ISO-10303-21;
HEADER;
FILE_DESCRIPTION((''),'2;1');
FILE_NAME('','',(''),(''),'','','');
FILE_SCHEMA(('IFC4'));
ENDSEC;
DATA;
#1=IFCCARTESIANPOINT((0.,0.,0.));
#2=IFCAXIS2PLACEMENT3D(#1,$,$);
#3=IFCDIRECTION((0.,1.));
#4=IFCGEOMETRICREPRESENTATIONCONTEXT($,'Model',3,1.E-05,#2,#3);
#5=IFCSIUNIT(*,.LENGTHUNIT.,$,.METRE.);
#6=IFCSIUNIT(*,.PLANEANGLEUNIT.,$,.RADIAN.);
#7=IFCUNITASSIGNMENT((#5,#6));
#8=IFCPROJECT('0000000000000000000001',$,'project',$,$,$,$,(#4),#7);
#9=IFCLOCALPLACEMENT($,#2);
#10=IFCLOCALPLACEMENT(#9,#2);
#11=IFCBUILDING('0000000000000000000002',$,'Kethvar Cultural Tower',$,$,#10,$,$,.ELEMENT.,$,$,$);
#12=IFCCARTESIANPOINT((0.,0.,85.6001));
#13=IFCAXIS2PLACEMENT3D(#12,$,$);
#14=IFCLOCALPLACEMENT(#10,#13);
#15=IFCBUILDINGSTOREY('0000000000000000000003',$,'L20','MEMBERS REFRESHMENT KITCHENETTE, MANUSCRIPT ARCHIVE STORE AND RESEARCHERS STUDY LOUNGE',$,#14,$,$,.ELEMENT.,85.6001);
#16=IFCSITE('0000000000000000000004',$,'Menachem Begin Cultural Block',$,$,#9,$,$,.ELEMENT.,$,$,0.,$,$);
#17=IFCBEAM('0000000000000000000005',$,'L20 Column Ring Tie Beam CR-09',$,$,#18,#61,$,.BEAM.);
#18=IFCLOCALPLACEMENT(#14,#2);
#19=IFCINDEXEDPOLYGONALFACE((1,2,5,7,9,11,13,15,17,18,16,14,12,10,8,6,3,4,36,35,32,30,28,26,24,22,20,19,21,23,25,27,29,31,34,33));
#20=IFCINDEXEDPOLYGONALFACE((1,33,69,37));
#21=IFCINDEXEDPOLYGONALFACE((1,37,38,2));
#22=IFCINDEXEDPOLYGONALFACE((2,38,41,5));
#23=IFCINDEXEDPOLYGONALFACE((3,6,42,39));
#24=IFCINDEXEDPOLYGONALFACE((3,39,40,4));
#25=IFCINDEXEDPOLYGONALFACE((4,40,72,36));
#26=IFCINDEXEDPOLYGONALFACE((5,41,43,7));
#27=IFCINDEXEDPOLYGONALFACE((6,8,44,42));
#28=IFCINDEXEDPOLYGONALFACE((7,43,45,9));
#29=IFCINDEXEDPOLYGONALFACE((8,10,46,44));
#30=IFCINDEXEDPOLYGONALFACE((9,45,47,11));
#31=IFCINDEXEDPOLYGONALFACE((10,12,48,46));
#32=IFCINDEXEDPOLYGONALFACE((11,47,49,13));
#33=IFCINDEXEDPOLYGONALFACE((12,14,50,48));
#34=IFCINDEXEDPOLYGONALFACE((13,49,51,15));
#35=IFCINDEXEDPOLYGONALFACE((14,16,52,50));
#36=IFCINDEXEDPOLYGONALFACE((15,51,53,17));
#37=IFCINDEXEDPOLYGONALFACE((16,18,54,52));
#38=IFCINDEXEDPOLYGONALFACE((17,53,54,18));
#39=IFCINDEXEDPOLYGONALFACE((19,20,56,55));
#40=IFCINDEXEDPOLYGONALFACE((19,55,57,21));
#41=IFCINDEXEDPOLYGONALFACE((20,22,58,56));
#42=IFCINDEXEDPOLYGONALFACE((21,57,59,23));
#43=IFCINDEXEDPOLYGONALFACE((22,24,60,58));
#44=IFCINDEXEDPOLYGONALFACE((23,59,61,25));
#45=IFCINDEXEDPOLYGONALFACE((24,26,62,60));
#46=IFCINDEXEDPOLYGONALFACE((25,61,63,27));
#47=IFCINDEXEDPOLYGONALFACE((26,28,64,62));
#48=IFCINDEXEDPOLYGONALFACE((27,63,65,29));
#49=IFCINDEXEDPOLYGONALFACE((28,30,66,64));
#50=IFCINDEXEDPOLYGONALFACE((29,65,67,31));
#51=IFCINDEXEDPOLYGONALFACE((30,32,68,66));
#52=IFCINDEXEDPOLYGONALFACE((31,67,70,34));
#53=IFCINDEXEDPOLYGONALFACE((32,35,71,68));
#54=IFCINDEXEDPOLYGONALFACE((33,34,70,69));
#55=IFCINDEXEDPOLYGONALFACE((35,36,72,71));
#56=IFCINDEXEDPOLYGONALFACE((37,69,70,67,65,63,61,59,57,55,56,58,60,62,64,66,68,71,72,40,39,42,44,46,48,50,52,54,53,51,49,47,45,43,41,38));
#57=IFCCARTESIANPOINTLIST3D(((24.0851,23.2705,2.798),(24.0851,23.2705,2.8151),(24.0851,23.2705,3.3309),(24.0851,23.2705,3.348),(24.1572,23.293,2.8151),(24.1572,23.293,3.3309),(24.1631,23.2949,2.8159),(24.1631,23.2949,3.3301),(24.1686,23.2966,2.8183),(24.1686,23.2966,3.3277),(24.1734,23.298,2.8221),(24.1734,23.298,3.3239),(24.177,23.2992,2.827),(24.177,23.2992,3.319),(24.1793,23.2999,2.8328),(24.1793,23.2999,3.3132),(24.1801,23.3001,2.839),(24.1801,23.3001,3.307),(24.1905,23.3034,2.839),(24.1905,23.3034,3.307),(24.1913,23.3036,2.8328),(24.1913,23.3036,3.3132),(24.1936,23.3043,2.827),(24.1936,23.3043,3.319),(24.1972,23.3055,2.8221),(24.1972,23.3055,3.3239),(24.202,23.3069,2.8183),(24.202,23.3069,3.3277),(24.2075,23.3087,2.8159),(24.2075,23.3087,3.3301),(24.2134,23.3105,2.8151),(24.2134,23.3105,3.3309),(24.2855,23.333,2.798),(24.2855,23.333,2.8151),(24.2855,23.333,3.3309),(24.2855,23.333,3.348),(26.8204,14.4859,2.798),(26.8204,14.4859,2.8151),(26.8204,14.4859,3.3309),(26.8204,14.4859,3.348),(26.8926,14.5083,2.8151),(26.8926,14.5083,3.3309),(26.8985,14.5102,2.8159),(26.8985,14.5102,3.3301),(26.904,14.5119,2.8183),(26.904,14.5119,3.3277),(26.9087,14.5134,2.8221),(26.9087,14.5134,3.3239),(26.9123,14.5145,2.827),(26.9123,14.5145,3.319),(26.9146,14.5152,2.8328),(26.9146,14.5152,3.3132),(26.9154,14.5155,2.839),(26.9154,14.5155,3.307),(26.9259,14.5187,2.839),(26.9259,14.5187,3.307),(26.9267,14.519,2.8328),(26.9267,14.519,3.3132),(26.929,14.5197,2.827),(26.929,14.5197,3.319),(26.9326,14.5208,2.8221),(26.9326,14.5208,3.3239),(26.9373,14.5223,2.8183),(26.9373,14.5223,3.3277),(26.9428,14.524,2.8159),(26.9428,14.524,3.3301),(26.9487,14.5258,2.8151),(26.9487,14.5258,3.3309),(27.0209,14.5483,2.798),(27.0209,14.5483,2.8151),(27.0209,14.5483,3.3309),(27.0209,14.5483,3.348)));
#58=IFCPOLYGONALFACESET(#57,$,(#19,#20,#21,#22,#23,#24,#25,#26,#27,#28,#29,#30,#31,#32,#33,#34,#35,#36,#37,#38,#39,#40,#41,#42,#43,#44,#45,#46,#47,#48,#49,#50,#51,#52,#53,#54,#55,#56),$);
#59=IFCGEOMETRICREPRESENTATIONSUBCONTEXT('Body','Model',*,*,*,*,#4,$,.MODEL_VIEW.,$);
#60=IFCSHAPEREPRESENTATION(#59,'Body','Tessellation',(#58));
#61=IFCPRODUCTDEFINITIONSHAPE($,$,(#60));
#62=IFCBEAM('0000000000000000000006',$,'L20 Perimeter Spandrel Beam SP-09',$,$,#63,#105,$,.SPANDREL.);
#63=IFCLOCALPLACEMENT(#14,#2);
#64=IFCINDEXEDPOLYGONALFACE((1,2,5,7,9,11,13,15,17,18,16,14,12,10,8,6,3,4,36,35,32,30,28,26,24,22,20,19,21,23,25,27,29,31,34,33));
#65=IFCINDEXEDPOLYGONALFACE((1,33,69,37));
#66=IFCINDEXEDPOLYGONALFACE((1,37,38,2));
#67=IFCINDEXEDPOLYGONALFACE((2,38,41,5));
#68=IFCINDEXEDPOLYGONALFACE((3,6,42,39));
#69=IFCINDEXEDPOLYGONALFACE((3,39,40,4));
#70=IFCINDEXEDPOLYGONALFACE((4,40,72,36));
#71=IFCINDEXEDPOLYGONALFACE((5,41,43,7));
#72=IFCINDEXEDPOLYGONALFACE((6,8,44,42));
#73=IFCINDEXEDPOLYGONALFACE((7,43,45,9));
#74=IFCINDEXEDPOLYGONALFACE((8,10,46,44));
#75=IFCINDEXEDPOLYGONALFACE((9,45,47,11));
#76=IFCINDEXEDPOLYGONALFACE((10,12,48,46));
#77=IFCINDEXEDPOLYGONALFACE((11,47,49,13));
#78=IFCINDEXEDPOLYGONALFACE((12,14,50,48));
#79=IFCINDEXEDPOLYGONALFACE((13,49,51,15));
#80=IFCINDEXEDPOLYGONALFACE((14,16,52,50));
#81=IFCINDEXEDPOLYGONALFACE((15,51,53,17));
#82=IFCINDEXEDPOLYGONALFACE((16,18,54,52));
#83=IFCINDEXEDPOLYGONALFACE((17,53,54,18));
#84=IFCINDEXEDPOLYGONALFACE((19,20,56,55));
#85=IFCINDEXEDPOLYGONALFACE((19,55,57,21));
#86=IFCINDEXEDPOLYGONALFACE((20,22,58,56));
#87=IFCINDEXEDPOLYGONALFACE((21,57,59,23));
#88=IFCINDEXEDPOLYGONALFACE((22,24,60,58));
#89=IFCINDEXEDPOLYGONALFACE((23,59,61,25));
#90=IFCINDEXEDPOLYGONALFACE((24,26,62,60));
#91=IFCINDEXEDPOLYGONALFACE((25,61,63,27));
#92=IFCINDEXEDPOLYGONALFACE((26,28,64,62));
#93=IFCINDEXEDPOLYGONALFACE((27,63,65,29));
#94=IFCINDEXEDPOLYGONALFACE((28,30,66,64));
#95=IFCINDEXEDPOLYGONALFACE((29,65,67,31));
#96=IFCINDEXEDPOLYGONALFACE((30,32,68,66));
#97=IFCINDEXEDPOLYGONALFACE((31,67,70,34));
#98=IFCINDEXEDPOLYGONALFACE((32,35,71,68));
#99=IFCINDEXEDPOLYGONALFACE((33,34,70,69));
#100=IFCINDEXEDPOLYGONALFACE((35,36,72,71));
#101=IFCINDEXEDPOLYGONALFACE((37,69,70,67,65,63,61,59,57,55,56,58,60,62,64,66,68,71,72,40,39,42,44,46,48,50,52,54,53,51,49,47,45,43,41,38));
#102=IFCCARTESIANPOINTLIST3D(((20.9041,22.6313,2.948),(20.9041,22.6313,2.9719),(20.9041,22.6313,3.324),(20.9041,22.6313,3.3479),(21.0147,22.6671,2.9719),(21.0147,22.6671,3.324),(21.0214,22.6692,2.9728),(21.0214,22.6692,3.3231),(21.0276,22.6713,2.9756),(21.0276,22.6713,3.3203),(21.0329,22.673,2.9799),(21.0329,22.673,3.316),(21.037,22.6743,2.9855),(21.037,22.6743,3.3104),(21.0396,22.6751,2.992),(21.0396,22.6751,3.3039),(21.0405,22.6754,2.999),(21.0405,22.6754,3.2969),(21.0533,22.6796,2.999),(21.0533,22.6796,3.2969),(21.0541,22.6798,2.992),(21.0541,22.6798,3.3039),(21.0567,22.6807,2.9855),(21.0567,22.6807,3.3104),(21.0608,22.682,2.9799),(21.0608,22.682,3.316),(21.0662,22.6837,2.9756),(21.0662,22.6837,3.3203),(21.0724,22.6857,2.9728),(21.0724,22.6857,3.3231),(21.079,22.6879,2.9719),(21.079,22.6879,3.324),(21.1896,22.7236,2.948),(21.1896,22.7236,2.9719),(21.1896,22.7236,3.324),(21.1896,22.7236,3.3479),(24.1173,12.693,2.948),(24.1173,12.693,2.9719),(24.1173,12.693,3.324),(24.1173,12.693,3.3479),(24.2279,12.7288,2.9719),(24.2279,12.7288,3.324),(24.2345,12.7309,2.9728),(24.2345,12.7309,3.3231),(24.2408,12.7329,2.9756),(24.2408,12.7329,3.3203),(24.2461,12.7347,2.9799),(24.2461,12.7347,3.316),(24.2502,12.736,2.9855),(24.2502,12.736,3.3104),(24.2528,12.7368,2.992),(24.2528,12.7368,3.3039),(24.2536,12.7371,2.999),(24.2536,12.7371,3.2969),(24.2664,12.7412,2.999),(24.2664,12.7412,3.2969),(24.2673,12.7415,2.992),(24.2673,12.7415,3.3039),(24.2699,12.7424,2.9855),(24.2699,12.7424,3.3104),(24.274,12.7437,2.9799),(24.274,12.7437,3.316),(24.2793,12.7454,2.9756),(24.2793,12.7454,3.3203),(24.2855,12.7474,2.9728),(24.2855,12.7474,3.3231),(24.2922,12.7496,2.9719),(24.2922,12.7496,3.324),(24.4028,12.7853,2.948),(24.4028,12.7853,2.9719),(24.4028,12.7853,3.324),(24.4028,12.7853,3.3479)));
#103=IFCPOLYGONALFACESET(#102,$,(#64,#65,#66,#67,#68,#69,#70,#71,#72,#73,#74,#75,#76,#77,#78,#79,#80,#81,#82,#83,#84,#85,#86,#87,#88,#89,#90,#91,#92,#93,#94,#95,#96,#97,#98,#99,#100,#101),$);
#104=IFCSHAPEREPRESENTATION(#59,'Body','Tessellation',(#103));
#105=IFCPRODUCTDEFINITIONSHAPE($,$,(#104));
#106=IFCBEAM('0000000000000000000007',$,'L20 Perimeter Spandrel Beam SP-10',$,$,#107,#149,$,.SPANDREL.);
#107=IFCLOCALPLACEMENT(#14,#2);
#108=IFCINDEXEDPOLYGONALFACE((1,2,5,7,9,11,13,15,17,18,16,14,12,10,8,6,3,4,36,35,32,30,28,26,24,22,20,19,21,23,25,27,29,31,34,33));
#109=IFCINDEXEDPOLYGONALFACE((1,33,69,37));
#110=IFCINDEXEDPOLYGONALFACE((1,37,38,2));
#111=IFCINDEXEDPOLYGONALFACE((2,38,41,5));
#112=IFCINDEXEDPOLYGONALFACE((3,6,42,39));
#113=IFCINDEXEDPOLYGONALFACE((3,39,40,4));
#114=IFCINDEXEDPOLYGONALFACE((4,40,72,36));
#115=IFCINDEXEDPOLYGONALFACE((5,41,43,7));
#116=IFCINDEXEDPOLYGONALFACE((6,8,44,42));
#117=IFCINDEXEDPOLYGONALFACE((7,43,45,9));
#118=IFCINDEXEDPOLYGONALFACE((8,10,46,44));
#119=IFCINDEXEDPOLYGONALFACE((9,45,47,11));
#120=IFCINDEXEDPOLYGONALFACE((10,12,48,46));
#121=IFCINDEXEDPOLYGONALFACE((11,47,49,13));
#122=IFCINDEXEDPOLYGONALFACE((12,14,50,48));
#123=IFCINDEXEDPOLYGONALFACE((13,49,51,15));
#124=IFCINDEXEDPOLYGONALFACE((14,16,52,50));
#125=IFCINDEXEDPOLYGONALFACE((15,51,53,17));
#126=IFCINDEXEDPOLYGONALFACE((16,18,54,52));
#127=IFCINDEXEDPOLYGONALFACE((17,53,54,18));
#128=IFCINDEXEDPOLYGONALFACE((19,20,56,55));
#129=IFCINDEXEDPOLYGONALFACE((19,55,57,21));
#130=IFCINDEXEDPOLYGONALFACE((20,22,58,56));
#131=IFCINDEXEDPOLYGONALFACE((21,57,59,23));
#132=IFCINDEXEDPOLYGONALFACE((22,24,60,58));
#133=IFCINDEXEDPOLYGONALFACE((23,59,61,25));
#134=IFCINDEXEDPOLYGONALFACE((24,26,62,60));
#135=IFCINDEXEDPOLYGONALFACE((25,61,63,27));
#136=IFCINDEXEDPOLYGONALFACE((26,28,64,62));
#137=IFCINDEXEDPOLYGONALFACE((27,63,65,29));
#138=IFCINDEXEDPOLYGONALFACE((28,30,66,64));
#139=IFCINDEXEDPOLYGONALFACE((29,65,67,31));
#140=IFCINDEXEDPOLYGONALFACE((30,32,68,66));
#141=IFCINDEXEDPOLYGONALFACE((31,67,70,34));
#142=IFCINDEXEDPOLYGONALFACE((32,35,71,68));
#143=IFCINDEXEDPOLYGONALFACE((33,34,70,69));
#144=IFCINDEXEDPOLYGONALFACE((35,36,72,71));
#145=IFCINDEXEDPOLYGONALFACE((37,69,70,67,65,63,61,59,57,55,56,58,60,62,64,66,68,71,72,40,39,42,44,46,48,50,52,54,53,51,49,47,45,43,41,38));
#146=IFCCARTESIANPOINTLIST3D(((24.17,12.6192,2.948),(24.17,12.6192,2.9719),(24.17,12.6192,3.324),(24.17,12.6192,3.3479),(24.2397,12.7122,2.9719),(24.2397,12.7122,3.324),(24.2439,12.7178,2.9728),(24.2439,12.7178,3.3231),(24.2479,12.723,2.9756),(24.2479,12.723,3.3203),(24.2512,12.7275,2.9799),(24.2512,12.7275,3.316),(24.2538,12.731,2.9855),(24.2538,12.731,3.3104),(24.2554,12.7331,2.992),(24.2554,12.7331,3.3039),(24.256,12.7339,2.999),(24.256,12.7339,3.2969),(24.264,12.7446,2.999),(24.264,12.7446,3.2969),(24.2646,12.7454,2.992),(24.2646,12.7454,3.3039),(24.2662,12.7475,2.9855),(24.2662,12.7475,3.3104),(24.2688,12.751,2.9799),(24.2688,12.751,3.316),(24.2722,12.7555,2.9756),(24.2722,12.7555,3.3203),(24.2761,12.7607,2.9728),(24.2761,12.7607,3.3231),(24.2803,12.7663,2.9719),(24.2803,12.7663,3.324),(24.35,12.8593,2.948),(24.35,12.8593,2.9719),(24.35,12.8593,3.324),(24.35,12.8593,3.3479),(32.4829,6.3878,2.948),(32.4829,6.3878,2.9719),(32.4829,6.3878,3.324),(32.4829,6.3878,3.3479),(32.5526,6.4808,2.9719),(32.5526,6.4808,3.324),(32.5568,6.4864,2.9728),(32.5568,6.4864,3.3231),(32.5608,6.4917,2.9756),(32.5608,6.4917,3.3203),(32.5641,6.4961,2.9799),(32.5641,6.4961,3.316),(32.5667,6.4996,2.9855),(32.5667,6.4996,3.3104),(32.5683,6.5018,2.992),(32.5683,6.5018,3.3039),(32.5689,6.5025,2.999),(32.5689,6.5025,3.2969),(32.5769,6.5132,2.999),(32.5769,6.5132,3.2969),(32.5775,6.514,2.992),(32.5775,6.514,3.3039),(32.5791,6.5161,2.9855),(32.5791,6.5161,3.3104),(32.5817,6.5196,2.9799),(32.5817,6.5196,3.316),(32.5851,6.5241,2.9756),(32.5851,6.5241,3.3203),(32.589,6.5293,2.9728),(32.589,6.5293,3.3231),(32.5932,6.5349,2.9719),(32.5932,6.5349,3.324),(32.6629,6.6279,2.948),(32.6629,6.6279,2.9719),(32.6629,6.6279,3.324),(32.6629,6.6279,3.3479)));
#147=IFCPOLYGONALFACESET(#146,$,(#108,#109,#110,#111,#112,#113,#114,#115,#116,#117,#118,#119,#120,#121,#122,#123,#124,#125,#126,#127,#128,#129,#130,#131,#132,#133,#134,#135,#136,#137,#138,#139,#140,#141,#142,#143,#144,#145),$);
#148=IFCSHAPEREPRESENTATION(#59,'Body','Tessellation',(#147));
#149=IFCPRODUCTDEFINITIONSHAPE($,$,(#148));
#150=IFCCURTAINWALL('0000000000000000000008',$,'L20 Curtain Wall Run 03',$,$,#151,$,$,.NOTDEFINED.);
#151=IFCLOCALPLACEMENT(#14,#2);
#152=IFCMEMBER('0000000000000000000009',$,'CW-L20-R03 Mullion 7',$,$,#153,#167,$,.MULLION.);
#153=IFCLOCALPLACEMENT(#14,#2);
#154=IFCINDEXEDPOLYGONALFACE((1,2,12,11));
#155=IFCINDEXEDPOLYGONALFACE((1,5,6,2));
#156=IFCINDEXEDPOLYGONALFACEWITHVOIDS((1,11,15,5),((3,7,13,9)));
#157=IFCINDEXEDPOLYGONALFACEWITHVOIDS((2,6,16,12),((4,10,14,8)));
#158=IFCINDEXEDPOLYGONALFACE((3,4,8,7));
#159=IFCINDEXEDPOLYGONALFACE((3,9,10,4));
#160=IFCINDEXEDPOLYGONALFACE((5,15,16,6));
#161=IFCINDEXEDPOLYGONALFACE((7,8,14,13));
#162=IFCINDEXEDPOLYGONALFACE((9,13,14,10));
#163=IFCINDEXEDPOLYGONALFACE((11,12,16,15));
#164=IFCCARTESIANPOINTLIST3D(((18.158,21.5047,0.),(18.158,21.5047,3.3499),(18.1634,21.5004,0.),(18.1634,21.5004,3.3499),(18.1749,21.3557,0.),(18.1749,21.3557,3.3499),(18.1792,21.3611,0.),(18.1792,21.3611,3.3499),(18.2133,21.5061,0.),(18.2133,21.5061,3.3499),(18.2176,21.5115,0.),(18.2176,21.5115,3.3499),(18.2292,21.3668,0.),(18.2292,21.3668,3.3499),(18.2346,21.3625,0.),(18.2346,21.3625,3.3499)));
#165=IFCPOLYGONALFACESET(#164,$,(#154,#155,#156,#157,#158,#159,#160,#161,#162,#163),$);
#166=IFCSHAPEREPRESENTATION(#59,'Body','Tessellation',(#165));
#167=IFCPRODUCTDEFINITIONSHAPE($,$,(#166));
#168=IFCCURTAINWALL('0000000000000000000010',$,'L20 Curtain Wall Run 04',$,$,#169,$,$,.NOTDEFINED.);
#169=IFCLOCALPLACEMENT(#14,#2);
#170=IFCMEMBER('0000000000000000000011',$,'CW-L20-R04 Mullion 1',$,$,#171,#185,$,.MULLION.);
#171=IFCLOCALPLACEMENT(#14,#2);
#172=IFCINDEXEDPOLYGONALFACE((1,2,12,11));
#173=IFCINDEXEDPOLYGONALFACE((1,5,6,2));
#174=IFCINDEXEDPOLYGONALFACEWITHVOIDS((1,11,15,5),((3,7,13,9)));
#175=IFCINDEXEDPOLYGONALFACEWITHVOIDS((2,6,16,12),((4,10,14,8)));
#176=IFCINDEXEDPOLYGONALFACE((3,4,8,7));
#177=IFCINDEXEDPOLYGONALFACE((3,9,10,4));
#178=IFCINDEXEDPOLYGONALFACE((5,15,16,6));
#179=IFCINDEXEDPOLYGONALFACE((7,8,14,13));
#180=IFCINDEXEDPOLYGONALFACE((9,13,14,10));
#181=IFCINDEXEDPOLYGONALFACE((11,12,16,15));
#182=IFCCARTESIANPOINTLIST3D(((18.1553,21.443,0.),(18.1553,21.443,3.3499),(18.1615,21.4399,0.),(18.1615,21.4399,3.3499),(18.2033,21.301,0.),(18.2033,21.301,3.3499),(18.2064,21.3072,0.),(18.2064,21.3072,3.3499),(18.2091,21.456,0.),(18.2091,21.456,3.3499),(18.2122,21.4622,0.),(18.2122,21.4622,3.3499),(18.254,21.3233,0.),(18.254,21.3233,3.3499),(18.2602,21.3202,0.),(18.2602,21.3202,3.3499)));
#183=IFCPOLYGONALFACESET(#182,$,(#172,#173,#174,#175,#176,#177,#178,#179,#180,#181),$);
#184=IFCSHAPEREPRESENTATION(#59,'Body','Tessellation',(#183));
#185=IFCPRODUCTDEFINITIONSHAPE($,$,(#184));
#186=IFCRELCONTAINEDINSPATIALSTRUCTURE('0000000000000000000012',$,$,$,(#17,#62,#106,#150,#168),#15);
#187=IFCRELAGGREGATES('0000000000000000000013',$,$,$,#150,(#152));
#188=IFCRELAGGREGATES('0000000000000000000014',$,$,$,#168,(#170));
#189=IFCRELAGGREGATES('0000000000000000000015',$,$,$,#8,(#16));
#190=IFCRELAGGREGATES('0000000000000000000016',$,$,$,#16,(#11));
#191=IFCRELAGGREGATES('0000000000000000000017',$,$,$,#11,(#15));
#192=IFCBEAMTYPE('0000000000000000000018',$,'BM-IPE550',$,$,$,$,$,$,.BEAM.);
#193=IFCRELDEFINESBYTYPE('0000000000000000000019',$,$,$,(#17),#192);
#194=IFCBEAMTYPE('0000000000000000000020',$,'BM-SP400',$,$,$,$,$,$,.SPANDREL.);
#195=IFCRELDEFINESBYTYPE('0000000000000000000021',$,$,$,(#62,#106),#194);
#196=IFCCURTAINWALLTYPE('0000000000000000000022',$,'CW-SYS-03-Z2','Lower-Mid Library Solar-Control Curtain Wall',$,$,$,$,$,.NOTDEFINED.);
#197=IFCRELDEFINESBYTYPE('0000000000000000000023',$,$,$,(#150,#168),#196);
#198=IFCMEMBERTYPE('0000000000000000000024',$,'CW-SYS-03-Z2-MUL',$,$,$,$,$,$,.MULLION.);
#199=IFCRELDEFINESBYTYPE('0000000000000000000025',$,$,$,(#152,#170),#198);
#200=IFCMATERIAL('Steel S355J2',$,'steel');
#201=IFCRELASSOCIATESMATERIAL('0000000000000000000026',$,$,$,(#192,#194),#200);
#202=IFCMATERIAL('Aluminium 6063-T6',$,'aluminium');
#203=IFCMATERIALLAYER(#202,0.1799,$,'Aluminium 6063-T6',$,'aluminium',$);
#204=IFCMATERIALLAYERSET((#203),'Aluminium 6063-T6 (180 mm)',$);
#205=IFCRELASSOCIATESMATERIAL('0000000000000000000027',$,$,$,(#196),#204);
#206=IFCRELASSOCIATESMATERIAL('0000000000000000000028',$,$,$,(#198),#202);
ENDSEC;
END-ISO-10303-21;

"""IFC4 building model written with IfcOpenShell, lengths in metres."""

from ifc_helpers import new_model, si_unit, direction, frame, origin, origin_2d, place, context, subcontext, project, spatial, hollow_rectangle, i_section, extrude, source, transform, mapped, material, layer, layer_set, material_profile, profile_set, type_object, element, aggregate, save


model = new_model("IFC4")

# Units and contexts
model_context = context("Model", 3, precision=1e-05, world=origin(), true_north=direction((0.0, 1.0)))
body_context = subcontext(model_context, "Body", "Model", "MODEL_VIEW")
ifc_project = project(units=[si_unit("LENGTHUNIT", "METRE"), si_unit("PLANEANGLEUNIT", "RADIAN")], contexts=[model_context])

# Site, building, storey
site_placement = place(None, origin())
site = spatial("IfcSite", under=ifc_project, at=site_placement, Name="Menachem Begin Cultural Block", CompositionType="ELEMENT", RefElevation=0.0)
building_placement = place(site_placement, origin())
building = spatial("IfcBuilding", under=site, at=building_placement, Name="Kethvar Cultural Tower", CompositionType="ELEMENT")
storey_placement = place(building_placement, frame((0.0, 0.0, 85.6001)))
storey = spatial("IfcBuildingStorey", under=building, at=storey_placement, Name="L20", Description="MEMBERS REFRESHMENT KITCHENETTE, MANUSCRIPT ARCHIVE STORE AND RESEARCHERS STUDY LOUNGE", CompositionType="ELEMENT", Elevation=85.6001)

# Beams
ifc_material_1 = material(Name="Steel S355J2", Category="steel")
ifc_material_profile_1 = material_profile(ifc_material_1, i_section(OverallWidth=0.21, OverallDepth=0.55, WebThickness=0.011, FlangeThickness=0.0171, FilletRadius=0.0239, at=origin_2d()), Name="Steel S355J2 — IPE550")
ifc_profile_set_1 = profile_set([ifc_material_profile_1], Name="Steel S355J2 — IPE550")
beam_type_1 = type_object("IfcBeamType", Name="BM-IPE550", PredefinedType="BEAM", material=ifc_profile_set_1)
shared_shape_1 = source(origin(), body_context, "Body", "SweptSolid", [
    extrude(i_section(OverallWidth=0.21, OverallDepth=0.55, WebThickness=0.011, FlangeThickness=0.0171, FilletRadius=0.0239, at=origin_2d()), origin(), (0.0, 0.0, 1.0), 9.2007),
])
beam_1_placement = place(storey_placement, frame((24.1853, 23.3018, 3.073), z_axis=(0.297299, -0.954784, 0.0), x_axis=(0.954784, 0.297299, 0.0)))
element("IfcBeam", 1, at=beam_1_placement, inside=storey, type_object=beam_type_1, Name="L20 Column Ring Tie Beam CR-09", PredefinedType="BEAM", context=body_context, shape_type="MappedRepresentation", body=[
    mapped(shared_shape_1, transform((0.0, 0.0, 0.0), scale=1.0)),
])
ifc_material_profile_2 = material_profile(ifc_material_1, i_section(OverallWidth=0.3, OverallDepth=0.3999, WebThickness=0.0134, FlangeThickness=0.0239, FilletRadius=0.0271, at=origin_2d()), Name="Steel S355J2 — HEB400")
ifc_profile_set_2 = profile_set([ifc_material_profile_2], Name="Steel S355J2 — HEB400")
beam_type_2 = type_object("IfcBeamType", Name="BM-SP400", PredefinedType="SPANDREL", material=ifc_profile_set_2)
shared_shape_2 = source(origin(), body_context, "Body", "SweptSolid", [
    extrude(i_section(OverallWidth=0.3, OverallDepth=0.3999, WebThickness=0.0134, FlangeThickness=0.0239, FilletRadius=0.0271, at=origin_2d()), origin(), (0.0, 0.0, 1.0), 10.4448),
])
beam_2_placement = place(storey_placement, frame((21.0469, 22.6775, 3.1479), z_axis=(0.307632, -0.951506, 0.0), x_axis=(0.951506, 0.307632, 0.0)))
element("IfcBeam", 2, at=beam_2_placement, inside=storey, type_object=beam_type_2, Name="L20 Perimeter Spandrel Beam SP-09", PredefinedType="SPANDREL", context=body_context, shape_type="MappedRepresentation", body=[
    mapped(shared_shape_2, transform((0.0, 0.0, 0.0), scale=1.0)),
])
shared_shape_3 = source(origin(), body_context, "Body", "SweptSolid", [
    extrude(i_section(OverallWidth=0.3, OverallDepth=0.3999, WebThickness=0.0134, FlangeThickness=0.0239, FilletRadius=0.0271, at=origin_2d()), origin(), (0.0, 0.0, 1.0), 10.3892),
])
beam_3_placement = place(storey_placement, frame((24.26, 12.7393, 3.1479), z_axis=(0.800152, -0.599797, 0.0), x_axis=(0.599797, 0.800152, 0.0)))
element("IfcBeam", 3, at=beam_3_placement, inside=storey, type_object=beam_type_2, Name="L20 Perimeter Spandrel Beam SP-10", PredefinedType="SPANDREL", context=body_context, shape_type="MappedRepresentation", body=[
    mapped(shared_shape_3, transform((0.0, 0.0, 0.0), scale=1.0)),
])

# Curtain wall, member
ifc_material_2 = material(Name="Aluminium 6063-T6", Category="aluminium")
ifc_layer_1 = layer(ifc_material_2, 0.1799, Name="Aluminium 6063-T6", Category="aluminium")
ifc_layer_set_1 = layer_set([ifc_layer_1], Name="Aluminium 6063-T6 (180 mm)")
curtain_wall_type = type_object("IfcCurtainWallType", Name="CW-SYS-03-Z2", Description="Lower-Mid Library Solar-Control Curtain Wall", PredefinedType="NOTDEFINED", material=ifc_layer_set_1)
curtain_wall_1_placement = place(storey_placement, origin())
curtain_wall_1 = element("IfcCurtainWall", 4, at=curtain_wall_1_placement, inside=storey, type_object=curtain_wall_type, Name="L20 Curtain Wall Run 03", PredefinedType="NOTDEFINED")
ifc_material_profile_3 = material_profile(ifc_material_2, hollow_rectangle(XDim=0.0601, YDim=0.1499, WallThickness=0.0049, at=origin_2d()), Name="Aluminium 6063-T6 — RHS150x60x5")
ifc_profile_set_3 = profile_set([ifc_material_profile_3], Name="Aluminium 6063-T6 — RHS150x60x5")
member_type_1 = type_object("IfcMemberType", Name="CW-SYS-03-Z2-MUL", PredefinedType="MULLION", material=ifc_profile_set_3)
shared_shape_4 = source(origin(), body_context, "Body", "SweptSolid", [
    extrude(hollow_rectangle(XDim=0.0601, YDim=0.1499, WallThickness=0.0049, at=origin_2d()), origin(), (0.0, 0.0, 1.0), 3.3499),
])
member_1_placement = place(storey_placement, frame((18.1963, 21.4336, 0.0), z_axis=(0.0, 0.0, 1.0), x_axis=(0.993554, 0.113359, 0.0)))
member_1 = element("IfcMember", 5, at=member_1_placement, type_object=member_type_1, Name="CW-L20-R03 Mullion 7", PredefinedType="MULLION", context=body_context, shape_type="MappedRepresentation", body=[
    mapped(shared_shape_4, transform((0.0, 0.0, 0.0), scale=1.0)),
])
aggregate(curtain_wall_1, [member_1])

# Curtain wall, member
curtain_wall_2_placement = place(storey_placement, origin())
curtain_wall_2 = element("IfcCurtainWall", 6, at=curtain_wall_2_placement, inside=storey, type_object=curtain_wall_type, Name="L20 Curtain Wall Run 04", PredefinedType="NOTDEFINED")
member_2_placement = place(storey_placement, frame((18.2078, 21.3816, 0.0), z_axis=(0.0, 0.0, 1.0), x_axis=(0.947261, 0.320464, 0.0)))
member_2 = element("IfcMember", 7, at=member_2_placement, type_object=member_type_1, Name="CW-L20-R04 Mullion 1", PredefinedType="MULLION", context=body_context, shape_type="MappedRepresentation", body=[
    mapped(shared_shape_4, transform((0.0, 0.0, 0.0), scale=1.0)),
])
aggregate(curtain_wall_2, [member_2])

save(model, "model.ifc")
